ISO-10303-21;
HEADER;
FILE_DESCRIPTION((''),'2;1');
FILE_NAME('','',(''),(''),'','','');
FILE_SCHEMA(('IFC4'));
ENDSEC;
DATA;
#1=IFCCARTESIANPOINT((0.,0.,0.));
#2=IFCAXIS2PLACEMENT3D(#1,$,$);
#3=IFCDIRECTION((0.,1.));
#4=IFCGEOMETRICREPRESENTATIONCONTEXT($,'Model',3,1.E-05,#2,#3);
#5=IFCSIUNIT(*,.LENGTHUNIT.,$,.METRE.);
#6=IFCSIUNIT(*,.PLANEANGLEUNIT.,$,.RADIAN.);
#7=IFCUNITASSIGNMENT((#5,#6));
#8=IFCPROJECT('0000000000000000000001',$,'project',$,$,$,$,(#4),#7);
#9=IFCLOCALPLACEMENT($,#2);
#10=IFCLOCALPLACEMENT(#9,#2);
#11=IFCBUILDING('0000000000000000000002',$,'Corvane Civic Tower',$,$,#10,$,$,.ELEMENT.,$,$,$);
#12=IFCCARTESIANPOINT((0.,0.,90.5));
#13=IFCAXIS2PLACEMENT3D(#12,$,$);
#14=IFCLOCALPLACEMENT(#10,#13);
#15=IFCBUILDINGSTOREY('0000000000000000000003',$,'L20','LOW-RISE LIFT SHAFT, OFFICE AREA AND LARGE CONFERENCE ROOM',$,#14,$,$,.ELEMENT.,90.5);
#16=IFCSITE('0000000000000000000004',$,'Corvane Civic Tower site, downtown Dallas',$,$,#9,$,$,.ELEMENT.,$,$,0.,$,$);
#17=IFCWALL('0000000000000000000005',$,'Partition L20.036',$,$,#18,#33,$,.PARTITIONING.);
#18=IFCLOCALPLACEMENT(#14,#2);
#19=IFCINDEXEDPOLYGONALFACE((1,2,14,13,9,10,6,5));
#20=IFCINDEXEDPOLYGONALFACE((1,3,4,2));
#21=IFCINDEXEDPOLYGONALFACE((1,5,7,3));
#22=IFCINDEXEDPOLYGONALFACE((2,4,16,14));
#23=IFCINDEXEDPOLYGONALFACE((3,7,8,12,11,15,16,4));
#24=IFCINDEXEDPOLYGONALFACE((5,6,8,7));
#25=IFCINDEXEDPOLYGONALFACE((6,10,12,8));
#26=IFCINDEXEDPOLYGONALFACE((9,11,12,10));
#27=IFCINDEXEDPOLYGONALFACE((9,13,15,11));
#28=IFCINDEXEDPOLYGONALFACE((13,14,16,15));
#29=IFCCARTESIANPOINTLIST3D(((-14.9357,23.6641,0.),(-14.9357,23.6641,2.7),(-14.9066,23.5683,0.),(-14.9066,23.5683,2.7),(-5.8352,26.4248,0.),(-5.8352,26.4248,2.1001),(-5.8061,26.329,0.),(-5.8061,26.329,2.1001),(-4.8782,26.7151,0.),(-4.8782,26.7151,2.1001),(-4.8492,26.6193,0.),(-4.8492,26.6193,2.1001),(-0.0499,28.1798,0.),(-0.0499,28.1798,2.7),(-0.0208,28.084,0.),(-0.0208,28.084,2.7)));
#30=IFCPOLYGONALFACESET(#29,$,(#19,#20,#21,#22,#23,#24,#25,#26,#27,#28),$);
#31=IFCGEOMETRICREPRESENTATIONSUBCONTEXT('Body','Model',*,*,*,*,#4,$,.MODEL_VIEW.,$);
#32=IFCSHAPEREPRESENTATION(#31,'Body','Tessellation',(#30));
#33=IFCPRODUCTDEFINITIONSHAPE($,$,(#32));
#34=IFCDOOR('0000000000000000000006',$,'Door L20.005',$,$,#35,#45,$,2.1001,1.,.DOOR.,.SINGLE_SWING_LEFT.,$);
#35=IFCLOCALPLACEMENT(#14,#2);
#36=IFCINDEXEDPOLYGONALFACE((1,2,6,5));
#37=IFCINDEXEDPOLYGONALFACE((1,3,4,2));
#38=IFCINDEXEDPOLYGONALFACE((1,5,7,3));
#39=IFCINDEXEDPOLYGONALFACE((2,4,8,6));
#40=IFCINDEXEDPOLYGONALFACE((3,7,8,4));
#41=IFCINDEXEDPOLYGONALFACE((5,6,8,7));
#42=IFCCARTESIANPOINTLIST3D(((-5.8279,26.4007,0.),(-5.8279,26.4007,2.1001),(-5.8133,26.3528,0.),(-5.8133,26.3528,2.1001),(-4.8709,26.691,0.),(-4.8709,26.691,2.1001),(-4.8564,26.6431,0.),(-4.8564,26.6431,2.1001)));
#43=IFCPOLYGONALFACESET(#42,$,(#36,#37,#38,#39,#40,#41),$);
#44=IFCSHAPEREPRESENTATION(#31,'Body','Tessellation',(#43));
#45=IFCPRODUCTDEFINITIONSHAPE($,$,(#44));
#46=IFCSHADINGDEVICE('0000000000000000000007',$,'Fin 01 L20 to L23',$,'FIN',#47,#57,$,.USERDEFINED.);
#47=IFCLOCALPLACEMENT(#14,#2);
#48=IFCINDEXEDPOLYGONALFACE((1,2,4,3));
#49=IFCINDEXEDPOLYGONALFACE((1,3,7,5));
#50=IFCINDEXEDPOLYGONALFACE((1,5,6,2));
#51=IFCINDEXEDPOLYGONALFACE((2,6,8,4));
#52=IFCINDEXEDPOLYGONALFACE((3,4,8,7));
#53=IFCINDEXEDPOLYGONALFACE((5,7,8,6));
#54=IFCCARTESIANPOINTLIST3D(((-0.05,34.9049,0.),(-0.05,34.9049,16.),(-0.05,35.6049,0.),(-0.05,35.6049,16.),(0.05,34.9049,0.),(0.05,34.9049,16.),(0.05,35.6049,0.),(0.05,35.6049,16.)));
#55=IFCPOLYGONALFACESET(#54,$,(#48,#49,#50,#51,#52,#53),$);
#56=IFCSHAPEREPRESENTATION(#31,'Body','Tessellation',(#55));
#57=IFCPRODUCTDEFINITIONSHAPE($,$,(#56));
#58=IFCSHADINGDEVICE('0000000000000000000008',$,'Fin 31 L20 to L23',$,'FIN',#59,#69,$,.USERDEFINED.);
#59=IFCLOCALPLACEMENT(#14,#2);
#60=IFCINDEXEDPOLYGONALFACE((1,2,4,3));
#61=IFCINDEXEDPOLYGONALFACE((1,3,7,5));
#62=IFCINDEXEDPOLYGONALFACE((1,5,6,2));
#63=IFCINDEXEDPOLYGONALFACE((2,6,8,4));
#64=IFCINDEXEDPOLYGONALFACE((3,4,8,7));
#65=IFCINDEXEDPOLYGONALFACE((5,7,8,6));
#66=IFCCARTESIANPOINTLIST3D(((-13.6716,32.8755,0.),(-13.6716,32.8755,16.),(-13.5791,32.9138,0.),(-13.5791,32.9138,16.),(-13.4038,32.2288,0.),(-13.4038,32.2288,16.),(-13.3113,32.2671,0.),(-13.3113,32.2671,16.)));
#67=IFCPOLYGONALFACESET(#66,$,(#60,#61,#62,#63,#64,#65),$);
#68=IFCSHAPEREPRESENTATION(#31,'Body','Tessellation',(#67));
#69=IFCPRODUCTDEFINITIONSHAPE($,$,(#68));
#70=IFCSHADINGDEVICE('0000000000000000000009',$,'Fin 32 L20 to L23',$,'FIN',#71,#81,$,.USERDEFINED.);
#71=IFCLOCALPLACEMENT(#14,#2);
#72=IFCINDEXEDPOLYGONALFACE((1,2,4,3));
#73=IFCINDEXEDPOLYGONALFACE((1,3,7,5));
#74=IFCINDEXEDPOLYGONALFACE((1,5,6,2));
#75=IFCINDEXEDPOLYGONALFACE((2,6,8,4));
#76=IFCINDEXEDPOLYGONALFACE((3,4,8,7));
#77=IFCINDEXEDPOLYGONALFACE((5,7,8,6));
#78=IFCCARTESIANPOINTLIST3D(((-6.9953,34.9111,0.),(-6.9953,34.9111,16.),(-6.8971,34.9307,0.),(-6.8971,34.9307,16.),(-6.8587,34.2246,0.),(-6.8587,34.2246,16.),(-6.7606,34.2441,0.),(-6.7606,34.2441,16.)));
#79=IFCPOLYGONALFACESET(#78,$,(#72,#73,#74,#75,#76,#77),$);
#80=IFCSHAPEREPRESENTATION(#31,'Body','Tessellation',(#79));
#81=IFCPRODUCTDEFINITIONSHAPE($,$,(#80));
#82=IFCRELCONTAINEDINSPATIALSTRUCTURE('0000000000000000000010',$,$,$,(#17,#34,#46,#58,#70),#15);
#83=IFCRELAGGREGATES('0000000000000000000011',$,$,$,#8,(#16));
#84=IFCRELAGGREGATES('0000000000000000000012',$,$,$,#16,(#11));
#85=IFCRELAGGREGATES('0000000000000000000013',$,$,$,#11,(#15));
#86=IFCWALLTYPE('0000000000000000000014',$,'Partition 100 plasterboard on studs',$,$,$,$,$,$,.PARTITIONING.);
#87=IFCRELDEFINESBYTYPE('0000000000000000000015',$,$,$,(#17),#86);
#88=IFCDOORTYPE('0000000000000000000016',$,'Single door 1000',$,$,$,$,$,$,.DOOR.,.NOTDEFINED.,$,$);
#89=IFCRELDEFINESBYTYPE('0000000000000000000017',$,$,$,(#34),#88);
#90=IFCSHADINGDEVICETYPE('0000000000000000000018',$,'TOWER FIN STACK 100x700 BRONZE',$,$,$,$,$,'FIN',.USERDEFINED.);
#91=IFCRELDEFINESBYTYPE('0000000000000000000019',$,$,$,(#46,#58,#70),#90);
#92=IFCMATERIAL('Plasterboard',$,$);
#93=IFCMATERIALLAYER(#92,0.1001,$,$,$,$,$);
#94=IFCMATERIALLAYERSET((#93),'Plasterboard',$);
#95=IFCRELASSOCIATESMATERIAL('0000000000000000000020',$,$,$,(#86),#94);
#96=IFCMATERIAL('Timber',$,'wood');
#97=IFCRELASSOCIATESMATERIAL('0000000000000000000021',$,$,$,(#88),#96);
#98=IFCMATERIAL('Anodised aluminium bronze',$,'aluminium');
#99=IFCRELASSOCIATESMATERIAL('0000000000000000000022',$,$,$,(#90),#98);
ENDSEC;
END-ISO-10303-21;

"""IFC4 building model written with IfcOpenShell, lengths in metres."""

from ifc_helpers import new_model, si_unit, direction, frame, frame_2d, origin, origin_2d, place, context, subcontext, project, spatial, rectangle, extrude, material, layer, layer_set, material_profile, profile_set, type_object, element, fill, save


model = new_model("IFC4")

# Units and contexts
model_context = context("Model", 3, precision=1e-05, world=origin(), true_north=direction((0.0, 1.0)))
body_context = subcontext(model_context, "Body", "Model", "MODEL_VIEW")
ifc_project = project(units=[si_unit("LENGTHUNIT", "METRE"), si_unit("PLANEANGLEUNIT", "RADIAN")], contexts=[model_context])

# Site, building, storey
site_placement = place(None, origin())
site = spatial("IfcSite", under=ifc_project, at=site_placement, Name="Corvane Civic Tower site, downtown Dallas", CompositionType="ELEMENT", RefElevation=0.0)
building_placement = place(site_placement, origin())
building = spatial("IfcBuilding", under=site, at=building_placement, Name="Corvane Civic Tower", CompositionType="ELEMENT")
storey_placement = place(building_placement, frame((0.0, 0.0, 90.5)))
storey = spatial("IfcBuildingStorey", under=building, at=storey_placement, Name="L20", Description="LOW-RISE LIFT SHAFT, OFFICE AREA AND LARGE CONFERENCE ROOM", CompositionType="ELEMENT", Elevation=90.5)

# Shared definitions
ifc_material_1 = material(Name="Plasterboard")
ifc_layer_1 = layer(ifc_material_1, 0.1001)
ifc_layer_set_1 = layer_set([ifc_layer_1], Name="Plasterboard")
wall_type = type_object("IfcWallType", Name="Partition 100 plasterboard on studs", PredefinedType="PARTITIONING", material=ifc_layer_set_1)

# Wall, opening, door
wall_1_placement = place(storey_placement, frame((-14.9211, 23.6162, 0.0), z_axis=(0.0, 0.0, 1.0), x_axis=(0.956939, 0.29029, 0.0)))
wall_1 = element("IfcWall", 1, at=wall_1_placement, inside=storey, type_object=wall_type, Name="Partition L20.036", PredefinedType="PARTITIONING", context=body_context, shape_type="SweptSolid", body=[
    extrude(rectangle(XDim=15.5557, YDim=0.1001, at=frame_2d((7.7778, 0.0))), origin(), (0.0, 0.0, 1.0), 2.7),
])
opening_1_placement = place(wall_1_placement, frame((9.51, 0.0, 0.0)))
opening_1 = element("IfcOpeningElement", 2, at=opening_1_placement, cuts=wall_1, PredefinedType="OPENING", context=body_context, shape_type="SweptSolid", body=[
    extrude(rectangle(XDim=1.0, YDim=2.1001, at=frame_2d((0.5, 1.05))), frame((0.0, 0.0601, 0.0), z_axis=(0.0, -1.0, 0.0), x_axis=(1.0, 0.0, 0.0)), (0.0, 0.0, 1.0), 0.1201),
])
ifc_material_2 = material(Name="Timber", Category="wood")
door_type_1 = type_object("IfcDoorType", Name="Single door 1000", OperationType="NOTDEFINED", PredefinedType="DOOR", material=ifc_material_2)
door_1_placement = place(opening_1_placement, origin())
door_1 = element("IfcDoor", 3, at=door_1_placement, inside=storey, type_object=door_type_1, Name="Door L20.005", OperationType="SINGLE_SWING_LEFT", OverallHeight=2.1001, OverallWidth=1.0, PredefinedType="DOOR", context=body_context, shape_type="SweptSolid", body=[
    extrude(rectangle(XDim=1.0, YDim=2.1001, at=frame_2d((0.5, 1.05))), frame((0.0, 0.0249, 0.0), z_axis=(0.0, -1.0, 0.0), x_axis=(1.0, 0.0, 0.0)), (0.0, 0.0, 1.0), 0.05),
])
fill(opening_1, door_1)

# Shading devices
ifc_material_3 = material(Name="Anodised aluminium bronze", Category="aluminium")
ifc_material_profile_1 = material_profile(ifc_material_3, rectangle(XDim=0.1001, YDim=0.7, at=origin_2d()), Name="TOWER FIN STACK 100x700 BRONZE")
ifc_profile_set_1 = profile_set([ifc_material_profile_1], Name="Anodised aluminium bronze")
shading_device_type = type_object("IfcShadingDeviceType", Name="TOWER FIN STACK 100x700 BRONZE", ElementType="FIN", PredefinedType="USERDEFINED", material=ifc_profile_set_1)
for number, where, z_axis, x_axis, name in (
    (4, (0.0, 35.2549, 0.0), (0.0, 0.0, 1.0), (1.0, 0.0, 0.0), "Fin 01 L20 to L23"),
    (5, (-13.4915, 32.5713, 0.0), (0.0, 0.0, 1.0), (0.92388, 0.382683, 0.0), "Fin 31 L20 to L23"),
    (6, (-6.8779, 34.5776, 0.0), (0.0, 0.0, 1.0), (0.980785, 0.19509, 0.0), "Fin 32 L20 to L23"),
):
    element("IfcShadingDevice", number, at=place(storey_placement, frame(where, z_axis=z_axis, x_axis=x_axis)), inside=storey, type_object=shading_device_type, Name=name, ObjectType="FIN", PredefinedType="USERDEFINED", context=body_context, shape_type="SweptSolid", body=[
        extrude(rectangle(XDim=0.1001, YDim=0.7, at=origin_2d()), origin(), (0.0, 0.0, 1.0), 16.0),
    ])

save(model, "model.ifc")
